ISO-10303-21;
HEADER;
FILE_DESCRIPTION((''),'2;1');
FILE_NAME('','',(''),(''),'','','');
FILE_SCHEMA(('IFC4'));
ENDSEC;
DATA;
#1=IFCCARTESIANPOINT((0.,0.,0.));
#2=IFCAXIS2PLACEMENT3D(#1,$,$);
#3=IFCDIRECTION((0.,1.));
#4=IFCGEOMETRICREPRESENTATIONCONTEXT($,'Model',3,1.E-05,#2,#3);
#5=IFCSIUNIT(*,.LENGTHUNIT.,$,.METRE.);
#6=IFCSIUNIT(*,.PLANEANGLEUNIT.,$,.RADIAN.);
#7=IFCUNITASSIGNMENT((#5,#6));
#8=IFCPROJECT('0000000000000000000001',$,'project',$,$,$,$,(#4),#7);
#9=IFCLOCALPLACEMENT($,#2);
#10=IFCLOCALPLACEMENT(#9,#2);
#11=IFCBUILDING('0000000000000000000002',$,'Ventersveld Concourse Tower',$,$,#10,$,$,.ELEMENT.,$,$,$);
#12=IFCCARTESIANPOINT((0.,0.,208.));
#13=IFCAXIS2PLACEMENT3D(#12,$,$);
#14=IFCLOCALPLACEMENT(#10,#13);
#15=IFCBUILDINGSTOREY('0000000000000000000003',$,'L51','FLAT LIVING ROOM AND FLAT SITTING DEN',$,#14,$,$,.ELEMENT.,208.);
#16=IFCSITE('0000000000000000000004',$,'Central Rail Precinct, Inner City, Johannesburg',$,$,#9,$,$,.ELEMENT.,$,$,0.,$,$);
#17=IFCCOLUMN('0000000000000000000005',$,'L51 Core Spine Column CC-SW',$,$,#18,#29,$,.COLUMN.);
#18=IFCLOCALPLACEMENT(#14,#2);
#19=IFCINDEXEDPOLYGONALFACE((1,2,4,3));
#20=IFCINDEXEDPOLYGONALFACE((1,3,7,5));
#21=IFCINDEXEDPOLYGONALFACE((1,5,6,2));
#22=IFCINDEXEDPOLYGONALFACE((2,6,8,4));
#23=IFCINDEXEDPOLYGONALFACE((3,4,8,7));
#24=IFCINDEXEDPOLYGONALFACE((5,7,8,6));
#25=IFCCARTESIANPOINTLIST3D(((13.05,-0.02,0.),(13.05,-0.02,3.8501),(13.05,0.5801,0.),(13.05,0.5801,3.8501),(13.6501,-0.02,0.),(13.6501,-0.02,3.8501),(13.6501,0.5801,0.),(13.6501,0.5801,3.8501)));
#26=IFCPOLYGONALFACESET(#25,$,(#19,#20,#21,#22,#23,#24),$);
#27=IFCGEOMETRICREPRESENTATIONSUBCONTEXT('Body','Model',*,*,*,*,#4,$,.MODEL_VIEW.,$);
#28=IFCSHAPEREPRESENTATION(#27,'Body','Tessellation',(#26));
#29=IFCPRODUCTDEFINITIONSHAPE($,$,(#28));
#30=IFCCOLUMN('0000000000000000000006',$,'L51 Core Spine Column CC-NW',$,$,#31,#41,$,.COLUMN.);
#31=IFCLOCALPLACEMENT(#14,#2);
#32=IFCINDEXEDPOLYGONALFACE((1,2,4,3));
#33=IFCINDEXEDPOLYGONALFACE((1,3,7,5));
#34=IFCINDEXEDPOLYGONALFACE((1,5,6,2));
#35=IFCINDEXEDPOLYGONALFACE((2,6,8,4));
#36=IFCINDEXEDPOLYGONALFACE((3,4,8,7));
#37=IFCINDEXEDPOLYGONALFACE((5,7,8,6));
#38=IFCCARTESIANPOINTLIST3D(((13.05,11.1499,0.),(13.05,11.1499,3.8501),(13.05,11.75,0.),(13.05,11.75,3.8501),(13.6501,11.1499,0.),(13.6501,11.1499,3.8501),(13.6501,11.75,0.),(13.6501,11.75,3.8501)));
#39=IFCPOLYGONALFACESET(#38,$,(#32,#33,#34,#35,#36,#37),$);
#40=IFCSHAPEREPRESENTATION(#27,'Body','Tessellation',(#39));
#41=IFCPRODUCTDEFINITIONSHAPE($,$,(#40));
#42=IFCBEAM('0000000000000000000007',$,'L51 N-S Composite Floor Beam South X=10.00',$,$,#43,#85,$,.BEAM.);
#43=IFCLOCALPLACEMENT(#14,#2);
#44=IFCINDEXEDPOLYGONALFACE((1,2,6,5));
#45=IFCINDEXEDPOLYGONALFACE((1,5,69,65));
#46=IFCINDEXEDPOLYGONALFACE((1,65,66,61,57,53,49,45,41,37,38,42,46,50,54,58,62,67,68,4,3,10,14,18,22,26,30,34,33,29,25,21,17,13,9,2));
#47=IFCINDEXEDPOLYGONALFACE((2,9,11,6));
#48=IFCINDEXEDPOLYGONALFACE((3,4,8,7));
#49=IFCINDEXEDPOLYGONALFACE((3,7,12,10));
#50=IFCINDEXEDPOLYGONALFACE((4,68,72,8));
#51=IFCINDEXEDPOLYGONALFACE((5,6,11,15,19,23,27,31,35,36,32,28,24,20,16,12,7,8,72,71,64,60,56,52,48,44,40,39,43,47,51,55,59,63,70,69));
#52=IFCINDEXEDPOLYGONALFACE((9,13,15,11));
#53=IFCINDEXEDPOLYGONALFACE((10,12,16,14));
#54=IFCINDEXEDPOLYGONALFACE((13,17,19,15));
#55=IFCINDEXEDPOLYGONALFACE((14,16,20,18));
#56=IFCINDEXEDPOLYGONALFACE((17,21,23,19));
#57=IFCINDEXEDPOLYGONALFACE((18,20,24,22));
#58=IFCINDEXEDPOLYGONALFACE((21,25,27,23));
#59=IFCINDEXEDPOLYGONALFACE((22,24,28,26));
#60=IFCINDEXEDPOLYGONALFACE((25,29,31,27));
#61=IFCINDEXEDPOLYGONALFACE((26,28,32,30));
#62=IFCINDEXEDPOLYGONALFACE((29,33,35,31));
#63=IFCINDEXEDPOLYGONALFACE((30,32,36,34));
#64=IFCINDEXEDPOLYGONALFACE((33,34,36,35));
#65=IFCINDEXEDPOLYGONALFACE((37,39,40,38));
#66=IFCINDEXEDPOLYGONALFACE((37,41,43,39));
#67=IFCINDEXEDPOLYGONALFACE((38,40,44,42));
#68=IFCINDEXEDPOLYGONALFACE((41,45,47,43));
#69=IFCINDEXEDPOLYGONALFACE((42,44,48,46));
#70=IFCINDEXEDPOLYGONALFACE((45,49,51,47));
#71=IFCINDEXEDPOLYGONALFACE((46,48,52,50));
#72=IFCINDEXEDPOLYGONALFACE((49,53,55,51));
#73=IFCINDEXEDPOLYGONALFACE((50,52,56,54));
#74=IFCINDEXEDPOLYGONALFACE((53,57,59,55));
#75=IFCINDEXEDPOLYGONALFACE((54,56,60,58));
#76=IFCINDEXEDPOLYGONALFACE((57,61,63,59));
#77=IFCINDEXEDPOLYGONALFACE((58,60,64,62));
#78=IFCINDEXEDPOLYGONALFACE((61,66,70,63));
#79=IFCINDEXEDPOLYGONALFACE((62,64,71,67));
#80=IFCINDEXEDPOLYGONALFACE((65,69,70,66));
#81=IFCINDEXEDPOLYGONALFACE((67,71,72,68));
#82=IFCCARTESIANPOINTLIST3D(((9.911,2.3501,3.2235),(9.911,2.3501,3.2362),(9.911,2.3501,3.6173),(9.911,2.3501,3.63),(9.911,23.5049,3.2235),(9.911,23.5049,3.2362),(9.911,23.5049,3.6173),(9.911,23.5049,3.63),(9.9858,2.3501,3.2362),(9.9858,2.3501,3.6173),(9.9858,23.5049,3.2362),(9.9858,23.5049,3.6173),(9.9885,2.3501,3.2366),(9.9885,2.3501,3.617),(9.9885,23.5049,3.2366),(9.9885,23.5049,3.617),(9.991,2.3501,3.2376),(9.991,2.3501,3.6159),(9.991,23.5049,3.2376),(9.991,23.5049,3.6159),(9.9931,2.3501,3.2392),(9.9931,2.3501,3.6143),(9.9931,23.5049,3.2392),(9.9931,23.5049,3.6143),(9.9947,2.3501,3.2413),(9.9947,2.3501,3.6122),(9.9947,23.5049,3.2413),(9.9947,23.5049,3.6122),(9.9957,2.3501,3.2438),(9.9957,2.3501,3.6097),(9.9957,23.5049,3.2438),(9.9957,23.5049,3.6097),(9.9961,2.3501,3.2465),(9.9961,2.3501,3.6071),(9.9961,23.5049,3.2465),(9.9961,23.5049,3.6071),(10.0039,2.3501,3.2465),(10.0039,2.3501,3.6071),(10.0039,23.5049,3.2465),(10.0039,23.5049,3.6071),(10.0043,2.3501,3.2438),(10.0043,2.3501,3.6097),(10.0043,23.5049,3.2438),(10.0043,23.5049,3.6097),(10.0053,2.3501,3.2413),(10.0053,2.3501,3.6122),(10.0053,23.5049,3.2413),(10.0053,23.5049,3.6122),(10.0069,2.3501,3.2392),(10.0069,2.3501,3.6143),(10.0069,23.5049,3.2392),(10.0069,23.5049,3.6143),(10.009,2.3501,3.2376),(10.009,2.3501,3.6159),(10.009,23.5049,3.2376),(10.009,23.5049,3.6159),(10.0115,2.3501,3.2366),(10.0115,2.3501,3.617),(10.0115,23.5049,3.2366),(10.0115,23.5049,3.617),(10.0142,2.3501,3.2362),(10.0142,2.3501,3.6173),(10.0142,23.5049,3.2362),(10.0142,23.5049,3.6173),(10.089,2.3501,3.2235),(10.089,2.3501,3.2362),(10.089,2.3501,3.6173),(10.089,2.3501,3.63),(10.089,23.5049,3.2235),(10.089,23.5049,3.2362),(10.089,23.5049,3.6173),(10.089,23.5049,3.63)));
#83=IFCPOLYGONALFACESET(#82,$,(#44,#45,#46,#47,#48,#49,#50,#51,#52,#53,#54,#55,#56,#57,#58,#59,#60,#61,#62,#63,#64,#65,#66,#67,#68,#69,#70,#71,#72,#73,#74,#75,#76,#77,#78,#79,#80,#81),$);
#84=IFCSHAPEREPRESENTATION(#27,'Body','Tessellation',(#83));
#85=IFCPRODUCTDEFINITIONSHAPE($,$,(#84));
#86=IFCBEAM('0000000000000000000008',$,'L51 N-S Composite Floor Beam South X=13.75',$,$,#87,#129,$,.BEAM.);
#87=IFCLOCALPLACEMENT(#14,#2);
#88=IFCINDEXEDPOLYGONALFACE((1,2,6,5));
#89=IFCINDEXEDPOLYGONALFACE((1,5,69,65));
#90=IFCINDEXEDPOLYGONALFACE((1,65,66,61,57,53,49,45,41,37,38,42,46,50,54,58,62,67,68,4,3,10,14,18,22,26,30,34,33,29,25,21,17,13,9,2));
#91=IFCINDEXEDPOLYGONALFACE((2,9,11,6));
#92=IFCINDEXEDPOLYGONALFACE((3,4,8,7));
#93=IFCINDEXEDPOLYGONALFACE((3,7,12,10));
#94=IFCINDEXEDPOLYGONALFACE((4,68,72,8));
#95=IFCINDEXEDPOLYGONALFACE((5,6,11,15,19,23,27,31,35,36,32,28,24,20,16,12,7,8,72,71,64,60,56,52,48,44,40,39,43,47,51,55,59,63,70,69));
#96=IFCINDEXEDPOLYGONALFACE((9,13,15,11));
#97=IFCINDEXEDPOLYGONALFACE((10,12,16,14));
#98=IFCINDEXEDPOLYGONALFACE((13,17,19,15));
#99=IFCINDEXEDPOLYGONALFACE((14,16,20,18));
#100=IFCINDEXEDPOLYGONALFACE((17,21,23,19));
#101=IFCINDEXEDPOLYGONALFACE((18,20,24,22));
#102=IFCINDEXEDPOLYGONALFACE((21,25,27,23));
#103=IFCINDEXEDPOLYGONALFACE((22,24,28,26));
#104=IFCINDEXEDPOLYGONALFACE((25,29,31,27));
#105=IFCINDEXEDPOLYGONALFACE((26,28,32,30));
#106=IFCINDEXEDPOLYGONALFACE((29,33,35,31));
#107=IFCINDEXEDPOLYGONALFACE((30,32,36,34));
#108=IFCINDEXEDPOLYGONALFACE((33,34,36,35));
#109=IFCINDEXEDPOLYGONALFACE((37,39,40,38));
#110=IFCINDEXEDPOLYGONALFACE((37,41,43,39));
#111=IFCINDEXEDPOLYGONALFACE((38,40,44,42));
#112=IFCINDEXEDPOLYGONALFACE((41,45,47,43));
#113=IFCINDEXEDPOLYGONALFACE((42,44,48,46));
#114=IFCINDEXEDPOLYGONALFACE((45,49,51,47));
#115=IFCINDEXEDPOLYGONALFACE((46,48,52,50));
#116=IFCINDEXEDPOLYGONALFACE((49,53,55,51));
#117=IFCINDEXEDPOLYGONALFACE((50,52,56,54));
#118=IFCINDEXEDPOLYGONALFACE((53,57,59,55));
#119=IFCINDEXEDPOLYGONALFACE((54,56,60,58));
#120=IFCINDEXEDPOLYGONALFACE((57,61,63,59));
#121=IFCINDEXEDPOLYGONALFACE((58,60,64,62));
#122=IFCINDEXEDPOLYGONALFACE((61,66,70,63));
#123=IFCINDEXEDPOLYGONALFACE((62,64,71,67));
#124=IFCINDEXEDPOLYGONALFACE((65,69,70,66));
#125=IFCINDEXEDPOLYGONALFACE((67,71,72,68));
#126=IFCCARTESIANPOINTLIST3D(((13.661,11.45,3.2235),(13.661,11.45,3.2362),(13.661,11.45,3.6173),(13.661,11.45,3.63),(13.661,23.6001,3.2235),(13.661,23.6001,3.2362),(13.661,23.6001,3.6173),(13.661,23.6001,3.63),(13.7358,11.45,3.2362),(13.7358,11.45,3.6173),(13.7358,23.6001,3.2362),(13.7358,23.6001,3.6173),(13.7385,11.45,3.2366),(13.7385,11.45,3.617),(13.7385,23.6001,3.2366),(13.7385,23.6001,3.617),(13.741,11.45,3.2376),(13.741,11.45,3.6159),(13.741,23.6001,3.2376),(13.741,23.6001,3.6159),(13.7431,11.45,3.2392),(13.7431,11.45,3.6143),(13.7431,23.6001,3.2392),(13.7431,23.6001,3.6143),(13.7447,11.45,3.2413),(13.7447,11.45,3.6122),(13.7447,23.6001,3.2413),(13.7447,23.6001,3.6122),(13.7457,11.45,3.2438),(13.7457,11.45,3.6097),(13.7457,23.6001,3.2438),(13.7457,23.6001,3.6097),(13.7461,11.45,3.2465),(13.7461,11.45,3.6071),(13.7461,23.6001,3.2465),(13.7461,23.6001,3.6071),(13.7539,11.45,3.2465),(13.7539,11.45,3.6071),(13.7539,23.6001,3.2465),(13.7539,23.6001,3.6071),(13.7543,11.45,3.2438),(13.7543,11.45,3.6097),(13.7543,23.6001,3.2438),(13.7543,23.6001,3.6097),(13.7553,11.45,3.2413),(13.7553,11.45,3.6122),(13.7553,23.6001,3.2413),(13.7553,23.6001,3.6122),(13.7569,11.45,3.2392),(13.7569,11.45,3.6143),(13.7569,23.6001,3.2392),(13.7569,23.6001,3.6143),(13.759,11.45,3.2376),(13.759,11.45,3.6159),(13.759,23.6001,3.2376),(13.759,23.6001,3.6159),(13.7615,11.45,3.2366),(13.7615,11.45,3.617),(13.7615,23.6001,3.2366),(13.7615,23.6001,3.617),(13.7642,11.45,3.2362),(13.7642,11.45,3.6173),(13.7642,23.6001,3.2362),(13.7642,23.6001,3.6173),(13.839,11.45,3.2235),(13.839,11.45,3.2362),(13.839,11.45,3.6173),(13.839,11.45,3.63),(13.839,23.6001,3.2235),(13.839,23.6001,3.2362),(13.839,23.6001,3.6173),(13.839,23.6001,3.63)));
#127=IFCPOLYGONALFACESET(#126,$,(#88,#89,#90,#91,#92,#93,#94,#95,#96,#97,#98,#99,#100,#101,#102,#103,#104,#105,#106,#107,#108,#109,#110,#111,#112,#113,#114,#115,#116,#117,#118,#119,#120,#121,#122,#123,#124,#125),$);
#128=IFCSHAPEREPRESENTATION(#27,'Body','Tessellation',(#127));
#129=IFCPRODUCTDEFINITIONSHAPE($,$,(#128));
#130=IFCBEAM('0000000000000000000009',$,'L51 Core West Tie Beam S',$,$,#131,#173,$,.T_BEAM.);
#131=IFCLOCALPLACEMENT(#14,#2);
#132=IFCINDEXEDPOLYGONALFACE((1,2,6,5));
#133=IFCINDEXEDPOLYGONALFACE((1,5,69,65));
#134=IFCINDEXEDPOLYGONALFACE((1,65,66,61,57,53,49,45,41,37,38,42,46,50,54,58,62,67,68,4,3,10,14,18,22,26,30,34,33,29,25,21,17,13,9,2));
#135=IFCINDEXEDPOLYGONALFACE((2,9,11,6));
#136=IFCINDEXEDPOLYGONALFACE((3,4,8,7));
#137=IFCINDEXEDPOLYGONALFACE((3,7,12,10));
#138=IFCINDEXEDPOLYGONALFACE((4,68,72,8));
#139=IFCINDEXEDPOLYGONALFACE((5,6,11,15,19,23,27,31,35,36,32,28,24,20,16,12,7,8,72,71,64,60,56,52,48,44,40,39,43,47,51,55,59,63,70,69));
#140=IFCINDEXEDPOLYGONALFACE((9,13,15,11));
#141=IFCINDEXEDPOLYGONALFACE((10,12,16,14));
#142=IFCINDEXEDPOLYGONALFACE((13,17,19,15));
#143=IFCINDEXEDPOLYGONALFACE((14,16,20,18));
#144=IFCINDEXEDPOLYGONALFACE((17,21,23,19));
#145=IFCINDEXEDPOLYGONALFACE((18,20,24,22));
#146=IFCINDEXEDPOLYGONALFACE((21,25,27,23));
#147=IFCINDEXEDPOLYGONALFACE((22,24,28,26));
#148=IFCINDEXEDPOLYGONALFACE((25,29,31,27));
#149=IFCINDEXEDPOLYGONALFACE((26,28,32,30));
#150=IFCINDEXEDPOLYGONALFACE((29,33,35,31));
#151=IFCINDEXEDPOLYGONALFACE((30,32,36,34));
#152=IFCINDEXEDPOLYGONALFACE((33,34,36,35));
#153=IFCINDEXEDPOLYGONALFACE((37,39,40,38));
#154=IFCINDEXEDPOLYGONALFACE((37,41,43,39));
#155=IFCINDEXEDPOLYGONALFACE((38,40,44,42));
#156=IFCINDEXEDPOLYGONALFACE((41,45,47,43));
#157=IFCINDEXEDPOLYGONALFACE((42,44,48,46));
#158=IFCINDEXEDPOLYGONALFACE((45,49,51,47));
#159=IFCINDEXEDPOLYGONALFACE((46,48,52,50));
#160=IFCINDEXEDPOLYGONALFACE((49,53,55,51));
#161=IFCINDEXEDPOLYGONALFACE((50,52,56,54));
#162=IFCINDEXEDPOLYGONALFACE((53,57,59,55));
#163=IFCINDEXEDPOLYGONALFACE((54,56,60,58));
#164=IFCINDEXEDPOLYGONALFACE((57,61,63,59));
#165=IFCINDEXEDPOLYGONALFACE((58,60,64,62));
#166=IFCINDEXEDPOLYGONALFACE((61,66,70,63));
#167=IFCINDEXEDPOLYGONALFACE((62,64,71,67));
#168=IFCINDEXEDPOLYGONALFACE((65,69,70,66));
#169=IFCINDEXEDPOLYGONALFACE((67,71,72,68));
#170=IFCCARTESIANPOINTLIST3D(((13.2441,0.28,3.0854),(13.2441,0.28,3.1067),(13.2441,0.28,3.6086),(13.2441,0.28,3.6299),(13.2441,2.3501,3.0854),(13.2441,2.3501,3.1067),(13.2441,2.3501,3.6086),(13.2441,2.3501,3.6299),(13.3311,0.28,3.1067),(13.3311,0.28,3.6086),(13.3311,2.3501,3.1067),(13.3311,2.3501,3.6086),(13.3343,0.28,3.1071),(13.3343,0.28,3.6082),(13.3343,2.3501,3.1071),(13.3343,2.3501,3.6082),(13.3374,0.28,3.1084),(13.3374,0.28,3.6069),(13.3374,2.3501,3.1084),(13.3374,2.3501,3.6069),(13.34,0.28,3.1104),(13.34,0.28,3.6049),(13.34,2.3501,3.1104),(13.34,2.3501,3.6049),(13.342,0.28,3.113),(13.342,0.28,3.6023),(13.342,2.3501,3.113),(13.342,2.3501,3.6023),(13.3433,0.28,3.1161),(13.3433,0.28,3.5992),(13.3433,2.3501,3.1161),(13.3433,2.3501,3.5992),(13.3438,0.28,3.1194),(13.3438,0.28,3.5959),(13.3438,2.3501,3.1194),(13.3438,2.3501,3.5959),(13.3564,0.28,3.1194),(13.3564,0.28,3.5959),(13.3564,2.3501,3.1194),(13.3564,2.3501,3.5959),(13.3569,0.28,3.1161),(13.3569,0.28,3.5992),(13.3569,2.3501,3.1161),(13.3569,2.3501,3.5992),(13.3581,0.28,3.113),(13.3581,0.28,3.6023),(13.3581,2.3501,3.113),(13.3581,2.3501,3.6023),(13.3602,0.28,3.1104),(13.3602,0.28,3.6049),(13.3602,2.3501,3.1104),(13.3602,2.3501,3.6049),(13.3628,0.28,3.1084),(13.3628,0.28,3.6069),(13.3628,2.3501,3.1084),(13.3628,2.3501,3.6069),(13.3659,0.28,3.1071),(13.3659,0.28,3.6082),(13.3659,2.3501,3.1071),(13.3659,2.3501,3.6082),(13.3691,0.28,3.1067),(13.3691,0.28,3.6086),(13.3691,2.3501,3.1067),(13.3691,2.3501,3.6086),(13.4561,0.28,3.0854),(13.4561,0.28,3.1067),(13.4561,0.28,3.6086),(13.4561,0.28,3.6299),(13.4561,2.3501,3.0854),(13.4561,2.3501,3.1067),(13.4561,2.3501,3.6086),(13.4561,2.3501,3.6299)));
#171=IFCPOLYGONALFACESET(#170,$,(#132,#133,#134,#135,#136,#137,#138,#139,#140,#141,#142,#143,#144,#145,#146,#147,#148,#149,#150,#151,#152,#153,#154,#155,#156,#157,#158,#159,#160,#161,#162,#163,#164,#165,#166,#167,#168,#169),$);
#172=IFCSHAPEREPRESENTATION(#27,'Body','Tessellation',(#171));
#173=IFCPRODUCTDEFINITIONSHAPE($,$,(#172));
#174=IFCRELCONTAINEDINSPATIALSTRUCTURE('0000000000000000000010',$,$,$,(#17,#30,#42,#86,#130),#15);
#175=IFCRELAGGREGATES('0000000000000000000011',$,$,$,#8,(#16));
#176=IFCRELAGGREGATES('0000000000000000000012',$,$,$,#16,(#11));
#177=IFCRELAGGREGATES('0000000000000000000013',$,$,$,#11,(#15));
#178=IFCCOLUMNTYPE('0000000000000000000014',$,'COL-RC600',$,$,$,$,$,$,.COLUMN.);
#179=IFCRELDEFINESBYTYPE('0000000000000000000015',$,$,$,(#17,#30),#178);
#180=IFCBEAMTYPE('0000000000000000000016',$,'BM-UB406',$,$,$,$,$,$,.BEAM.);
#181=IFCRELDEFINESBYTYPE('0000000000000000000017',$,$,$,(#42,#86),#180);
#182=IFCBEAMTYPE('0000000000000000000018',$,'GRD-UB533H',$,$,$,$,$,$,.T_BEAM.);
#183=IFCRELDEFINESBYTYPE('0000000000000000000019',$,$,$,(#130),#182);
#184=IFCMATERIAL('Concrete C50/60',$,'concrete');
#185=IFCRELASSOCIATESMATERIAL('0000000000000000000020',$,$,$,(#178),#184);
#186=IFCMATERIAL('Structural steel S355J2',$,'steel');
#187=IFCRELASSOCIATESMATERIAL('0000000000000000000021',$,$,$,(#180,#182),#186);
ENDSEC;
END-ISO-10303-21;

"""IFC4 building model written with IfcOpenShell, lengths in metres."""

from ifc_helpers import new_model, si_unit, direction, frame, origin, origin_2d, place, context, subcontext, project, spatial, rectangle, i_section, extrude, material, material_profile, profile_set, type_object, element, save


model = new_model("IFC4")

# Units and contexts
model_context = context("Model", 3, precision=1e-05, world=origin(), true_north=direction((0.0, 1.0)))
body_context = subcontext(model_context, "Body", "Model", "MODEL_VIEW")
ifc_project = project(units=[si_unit("LENGTHUNIT", "METRE"), si_unit("PLANEANGLEUNIT", "RADIAN")], contexts=[model_context])

# Site, building, storey
site_placement = place(None, origin())
site = spatial("IfcSite", under=ifc_project, at=site_placement, Name="Central Rail Precinct, Inner City, Johannesburg", CompositionType="ELEMENT", RefElevation=0.0)
building_placement = place(site_placement, origin())
building = spatial("IfcBuilding", under=site, at=building_placement, Name="Ventersveld Concourse Tower", CompositionType="ELEMENT")
storey_placement = place(building_placement, frame((0.0, 0.0, 208.0)))
storey = spatial("IfcBuildingStorey", under=building, at=storey_placement, Name="L51", Description="FLAT LIVING ROOM AND FLAT SITTING DEN", CompositionType="ELEMENT", Elevation=208.0)

# Columns
ifc_material_1 = material(Name="Concrete C50/60", Category="concrete")
ifc_material_profile_1 = material_profile(ifc_material_1, rectangle(XDim=0.6001, YDim=0.6001, at=origin_2d()), Name="RC 600x600")
ifc_profile_set_1 = profile_set([ifc_material_profile_1], Name="Concrete C50/60")
column_type = type_object("IfcColumnType", Name="COL-RC600", PredefinedType="COLUMN", material=ifc_profile_set_1)
for number, where, z_axis, x_axis, name in (
    (1, (13.3501, 0.28, 0.0), (0.0, 0.0, 1.0), (1.0, 0.0, 0.0), "L51 Core Spine Column CC-SW"),
    (2, (13.3501, 11.45, 0.0), (0.0, 0.0, 1.0), (1.0, 0.0, 0.0), "L51 Core Spine Column CC-NW"),
):
    element("IfcColumn", number, at=place(storey_placement, frame(where, z_axis=z_axis, x_axis=x_axis)), inside=storey, type_object=column_type, Name=name, PredefinedType="COLUMN", context=body_context, shape_type="SweptSolid", body=[
        extrude(rectangle(XDim=0.6001, YDim=0.6001, at=origin_2d()), origin(), (0.0, 0.0, 1.0), 3.8501),
    ])

# Beams
ifc_material_2 = material(Name="Structural steel S355J2", Category="steel")
ifc_material_profile_2 = material_profile(ifc_material_2, i_section(OverallWidth=0.178, OverallDepth=0.4065, WebThickness=0.0078, FlangeThickness=0.0127, FilletRadius=0.0103, at=origin_2d()), Name="UB 406x178x60")
ifc_profile_set_2 = profile_set([ifc_material_profile_2], Name="Structural steel S355J2")
beam_type_1 = type_object("IfcBeamType", Name="BM-UB406", PredefinedType="BEAM", material=ifc_profile_set_2)
beam_1_placement = place(storey_placement, frame((10.0, 2.3501, 3.4268), z_axis=(0.0, 1.0, 0.0), x_axis=(-1.0, 0.0, 0.0)))
element("IfcBeam", 3, at=beam_1_placement, inside=storey, type_object=beam_type_1, Name="L51 N-S Composite Floor Beam South X=10.00", PredefinedType="BEAM", context=body_context, shape_type="SweptSolid", body=[
    extrude(i_section(OverallWidth=0.178, OverallDepth=0.4065, WebThickness=0.0078, FlangeThickness=0.0127, FilletRadius=0.0103, at=origin_2d()), origin(), (0.0, 0.0, 1.0), 21.1548),
])
beam_2_placement = place(storey_placement, frame((13.75, 11.45, 3.4268), z_axis=(0.0, 1.0, 0.0), x_axis=(-1.0, 0.0, 0.0)))
element("IfcBeam", 4, at=beam_2_placement, inside=storey, type_object=beam_type_1, Name="L51 N-S Composite Floor Beam South X=13.75", PredefinedType="BEAM", context=body_context, shape_type="SweptSolid", body=[
    extrude(i_section(OverallWidth=0.178, OverallDepth=0.4065, WebThickness=0.0078, FlangeThickness=0.0127, FilletRadius=0.0103, at=origin_2d()), origin(), (0.0, 0.0, 1.0), 12.1501),
])
ifc_material_profile_3 = material_profile(ifc_material_2, i_section(OverallWidth=0.2119, OverallDepth=0.5444, WebThickness=0.0127, FlangeThickness=0.0212, FilletRadius=0.0127, at=origin_2d()), Name="UB 533x210x122")
ifc_profile_set_3 = profile_set([ifc_material_profile_3], Name="Structural steel S355J2")
beam_type_2 = type_object("IfcBeamType", Name="GRD-UB533H", PredefinedType="T_BEAM", material=ifc_profile_set_3)
beam_3_placement = place(storey_placement, frame((13.3501, 0.28, 3.3577), z_axis=(0.0, 1.0, 0.0), x_axis=(-1.0, 0.0, 0.0)))
element("IfcBeam", 5, at=beam_3_placement, inside=storey, type_object=beam_type_2, Name="L51 Core West Tie Beam S", PredefinedType="T_BEAM", context=body_context, shape_type="SweptSolid", body=[
    extrude(i_section(OverallWidth=0.2119, OverallDepth=0.5444, WebThickness=0.0127, FlangeThickness=0.0212, FilletRadius=0.0127, at=origin_2d()), origin(), (0.0, 0.0, 1.0), 2.0701),
])

save(model, "model.ifc")
